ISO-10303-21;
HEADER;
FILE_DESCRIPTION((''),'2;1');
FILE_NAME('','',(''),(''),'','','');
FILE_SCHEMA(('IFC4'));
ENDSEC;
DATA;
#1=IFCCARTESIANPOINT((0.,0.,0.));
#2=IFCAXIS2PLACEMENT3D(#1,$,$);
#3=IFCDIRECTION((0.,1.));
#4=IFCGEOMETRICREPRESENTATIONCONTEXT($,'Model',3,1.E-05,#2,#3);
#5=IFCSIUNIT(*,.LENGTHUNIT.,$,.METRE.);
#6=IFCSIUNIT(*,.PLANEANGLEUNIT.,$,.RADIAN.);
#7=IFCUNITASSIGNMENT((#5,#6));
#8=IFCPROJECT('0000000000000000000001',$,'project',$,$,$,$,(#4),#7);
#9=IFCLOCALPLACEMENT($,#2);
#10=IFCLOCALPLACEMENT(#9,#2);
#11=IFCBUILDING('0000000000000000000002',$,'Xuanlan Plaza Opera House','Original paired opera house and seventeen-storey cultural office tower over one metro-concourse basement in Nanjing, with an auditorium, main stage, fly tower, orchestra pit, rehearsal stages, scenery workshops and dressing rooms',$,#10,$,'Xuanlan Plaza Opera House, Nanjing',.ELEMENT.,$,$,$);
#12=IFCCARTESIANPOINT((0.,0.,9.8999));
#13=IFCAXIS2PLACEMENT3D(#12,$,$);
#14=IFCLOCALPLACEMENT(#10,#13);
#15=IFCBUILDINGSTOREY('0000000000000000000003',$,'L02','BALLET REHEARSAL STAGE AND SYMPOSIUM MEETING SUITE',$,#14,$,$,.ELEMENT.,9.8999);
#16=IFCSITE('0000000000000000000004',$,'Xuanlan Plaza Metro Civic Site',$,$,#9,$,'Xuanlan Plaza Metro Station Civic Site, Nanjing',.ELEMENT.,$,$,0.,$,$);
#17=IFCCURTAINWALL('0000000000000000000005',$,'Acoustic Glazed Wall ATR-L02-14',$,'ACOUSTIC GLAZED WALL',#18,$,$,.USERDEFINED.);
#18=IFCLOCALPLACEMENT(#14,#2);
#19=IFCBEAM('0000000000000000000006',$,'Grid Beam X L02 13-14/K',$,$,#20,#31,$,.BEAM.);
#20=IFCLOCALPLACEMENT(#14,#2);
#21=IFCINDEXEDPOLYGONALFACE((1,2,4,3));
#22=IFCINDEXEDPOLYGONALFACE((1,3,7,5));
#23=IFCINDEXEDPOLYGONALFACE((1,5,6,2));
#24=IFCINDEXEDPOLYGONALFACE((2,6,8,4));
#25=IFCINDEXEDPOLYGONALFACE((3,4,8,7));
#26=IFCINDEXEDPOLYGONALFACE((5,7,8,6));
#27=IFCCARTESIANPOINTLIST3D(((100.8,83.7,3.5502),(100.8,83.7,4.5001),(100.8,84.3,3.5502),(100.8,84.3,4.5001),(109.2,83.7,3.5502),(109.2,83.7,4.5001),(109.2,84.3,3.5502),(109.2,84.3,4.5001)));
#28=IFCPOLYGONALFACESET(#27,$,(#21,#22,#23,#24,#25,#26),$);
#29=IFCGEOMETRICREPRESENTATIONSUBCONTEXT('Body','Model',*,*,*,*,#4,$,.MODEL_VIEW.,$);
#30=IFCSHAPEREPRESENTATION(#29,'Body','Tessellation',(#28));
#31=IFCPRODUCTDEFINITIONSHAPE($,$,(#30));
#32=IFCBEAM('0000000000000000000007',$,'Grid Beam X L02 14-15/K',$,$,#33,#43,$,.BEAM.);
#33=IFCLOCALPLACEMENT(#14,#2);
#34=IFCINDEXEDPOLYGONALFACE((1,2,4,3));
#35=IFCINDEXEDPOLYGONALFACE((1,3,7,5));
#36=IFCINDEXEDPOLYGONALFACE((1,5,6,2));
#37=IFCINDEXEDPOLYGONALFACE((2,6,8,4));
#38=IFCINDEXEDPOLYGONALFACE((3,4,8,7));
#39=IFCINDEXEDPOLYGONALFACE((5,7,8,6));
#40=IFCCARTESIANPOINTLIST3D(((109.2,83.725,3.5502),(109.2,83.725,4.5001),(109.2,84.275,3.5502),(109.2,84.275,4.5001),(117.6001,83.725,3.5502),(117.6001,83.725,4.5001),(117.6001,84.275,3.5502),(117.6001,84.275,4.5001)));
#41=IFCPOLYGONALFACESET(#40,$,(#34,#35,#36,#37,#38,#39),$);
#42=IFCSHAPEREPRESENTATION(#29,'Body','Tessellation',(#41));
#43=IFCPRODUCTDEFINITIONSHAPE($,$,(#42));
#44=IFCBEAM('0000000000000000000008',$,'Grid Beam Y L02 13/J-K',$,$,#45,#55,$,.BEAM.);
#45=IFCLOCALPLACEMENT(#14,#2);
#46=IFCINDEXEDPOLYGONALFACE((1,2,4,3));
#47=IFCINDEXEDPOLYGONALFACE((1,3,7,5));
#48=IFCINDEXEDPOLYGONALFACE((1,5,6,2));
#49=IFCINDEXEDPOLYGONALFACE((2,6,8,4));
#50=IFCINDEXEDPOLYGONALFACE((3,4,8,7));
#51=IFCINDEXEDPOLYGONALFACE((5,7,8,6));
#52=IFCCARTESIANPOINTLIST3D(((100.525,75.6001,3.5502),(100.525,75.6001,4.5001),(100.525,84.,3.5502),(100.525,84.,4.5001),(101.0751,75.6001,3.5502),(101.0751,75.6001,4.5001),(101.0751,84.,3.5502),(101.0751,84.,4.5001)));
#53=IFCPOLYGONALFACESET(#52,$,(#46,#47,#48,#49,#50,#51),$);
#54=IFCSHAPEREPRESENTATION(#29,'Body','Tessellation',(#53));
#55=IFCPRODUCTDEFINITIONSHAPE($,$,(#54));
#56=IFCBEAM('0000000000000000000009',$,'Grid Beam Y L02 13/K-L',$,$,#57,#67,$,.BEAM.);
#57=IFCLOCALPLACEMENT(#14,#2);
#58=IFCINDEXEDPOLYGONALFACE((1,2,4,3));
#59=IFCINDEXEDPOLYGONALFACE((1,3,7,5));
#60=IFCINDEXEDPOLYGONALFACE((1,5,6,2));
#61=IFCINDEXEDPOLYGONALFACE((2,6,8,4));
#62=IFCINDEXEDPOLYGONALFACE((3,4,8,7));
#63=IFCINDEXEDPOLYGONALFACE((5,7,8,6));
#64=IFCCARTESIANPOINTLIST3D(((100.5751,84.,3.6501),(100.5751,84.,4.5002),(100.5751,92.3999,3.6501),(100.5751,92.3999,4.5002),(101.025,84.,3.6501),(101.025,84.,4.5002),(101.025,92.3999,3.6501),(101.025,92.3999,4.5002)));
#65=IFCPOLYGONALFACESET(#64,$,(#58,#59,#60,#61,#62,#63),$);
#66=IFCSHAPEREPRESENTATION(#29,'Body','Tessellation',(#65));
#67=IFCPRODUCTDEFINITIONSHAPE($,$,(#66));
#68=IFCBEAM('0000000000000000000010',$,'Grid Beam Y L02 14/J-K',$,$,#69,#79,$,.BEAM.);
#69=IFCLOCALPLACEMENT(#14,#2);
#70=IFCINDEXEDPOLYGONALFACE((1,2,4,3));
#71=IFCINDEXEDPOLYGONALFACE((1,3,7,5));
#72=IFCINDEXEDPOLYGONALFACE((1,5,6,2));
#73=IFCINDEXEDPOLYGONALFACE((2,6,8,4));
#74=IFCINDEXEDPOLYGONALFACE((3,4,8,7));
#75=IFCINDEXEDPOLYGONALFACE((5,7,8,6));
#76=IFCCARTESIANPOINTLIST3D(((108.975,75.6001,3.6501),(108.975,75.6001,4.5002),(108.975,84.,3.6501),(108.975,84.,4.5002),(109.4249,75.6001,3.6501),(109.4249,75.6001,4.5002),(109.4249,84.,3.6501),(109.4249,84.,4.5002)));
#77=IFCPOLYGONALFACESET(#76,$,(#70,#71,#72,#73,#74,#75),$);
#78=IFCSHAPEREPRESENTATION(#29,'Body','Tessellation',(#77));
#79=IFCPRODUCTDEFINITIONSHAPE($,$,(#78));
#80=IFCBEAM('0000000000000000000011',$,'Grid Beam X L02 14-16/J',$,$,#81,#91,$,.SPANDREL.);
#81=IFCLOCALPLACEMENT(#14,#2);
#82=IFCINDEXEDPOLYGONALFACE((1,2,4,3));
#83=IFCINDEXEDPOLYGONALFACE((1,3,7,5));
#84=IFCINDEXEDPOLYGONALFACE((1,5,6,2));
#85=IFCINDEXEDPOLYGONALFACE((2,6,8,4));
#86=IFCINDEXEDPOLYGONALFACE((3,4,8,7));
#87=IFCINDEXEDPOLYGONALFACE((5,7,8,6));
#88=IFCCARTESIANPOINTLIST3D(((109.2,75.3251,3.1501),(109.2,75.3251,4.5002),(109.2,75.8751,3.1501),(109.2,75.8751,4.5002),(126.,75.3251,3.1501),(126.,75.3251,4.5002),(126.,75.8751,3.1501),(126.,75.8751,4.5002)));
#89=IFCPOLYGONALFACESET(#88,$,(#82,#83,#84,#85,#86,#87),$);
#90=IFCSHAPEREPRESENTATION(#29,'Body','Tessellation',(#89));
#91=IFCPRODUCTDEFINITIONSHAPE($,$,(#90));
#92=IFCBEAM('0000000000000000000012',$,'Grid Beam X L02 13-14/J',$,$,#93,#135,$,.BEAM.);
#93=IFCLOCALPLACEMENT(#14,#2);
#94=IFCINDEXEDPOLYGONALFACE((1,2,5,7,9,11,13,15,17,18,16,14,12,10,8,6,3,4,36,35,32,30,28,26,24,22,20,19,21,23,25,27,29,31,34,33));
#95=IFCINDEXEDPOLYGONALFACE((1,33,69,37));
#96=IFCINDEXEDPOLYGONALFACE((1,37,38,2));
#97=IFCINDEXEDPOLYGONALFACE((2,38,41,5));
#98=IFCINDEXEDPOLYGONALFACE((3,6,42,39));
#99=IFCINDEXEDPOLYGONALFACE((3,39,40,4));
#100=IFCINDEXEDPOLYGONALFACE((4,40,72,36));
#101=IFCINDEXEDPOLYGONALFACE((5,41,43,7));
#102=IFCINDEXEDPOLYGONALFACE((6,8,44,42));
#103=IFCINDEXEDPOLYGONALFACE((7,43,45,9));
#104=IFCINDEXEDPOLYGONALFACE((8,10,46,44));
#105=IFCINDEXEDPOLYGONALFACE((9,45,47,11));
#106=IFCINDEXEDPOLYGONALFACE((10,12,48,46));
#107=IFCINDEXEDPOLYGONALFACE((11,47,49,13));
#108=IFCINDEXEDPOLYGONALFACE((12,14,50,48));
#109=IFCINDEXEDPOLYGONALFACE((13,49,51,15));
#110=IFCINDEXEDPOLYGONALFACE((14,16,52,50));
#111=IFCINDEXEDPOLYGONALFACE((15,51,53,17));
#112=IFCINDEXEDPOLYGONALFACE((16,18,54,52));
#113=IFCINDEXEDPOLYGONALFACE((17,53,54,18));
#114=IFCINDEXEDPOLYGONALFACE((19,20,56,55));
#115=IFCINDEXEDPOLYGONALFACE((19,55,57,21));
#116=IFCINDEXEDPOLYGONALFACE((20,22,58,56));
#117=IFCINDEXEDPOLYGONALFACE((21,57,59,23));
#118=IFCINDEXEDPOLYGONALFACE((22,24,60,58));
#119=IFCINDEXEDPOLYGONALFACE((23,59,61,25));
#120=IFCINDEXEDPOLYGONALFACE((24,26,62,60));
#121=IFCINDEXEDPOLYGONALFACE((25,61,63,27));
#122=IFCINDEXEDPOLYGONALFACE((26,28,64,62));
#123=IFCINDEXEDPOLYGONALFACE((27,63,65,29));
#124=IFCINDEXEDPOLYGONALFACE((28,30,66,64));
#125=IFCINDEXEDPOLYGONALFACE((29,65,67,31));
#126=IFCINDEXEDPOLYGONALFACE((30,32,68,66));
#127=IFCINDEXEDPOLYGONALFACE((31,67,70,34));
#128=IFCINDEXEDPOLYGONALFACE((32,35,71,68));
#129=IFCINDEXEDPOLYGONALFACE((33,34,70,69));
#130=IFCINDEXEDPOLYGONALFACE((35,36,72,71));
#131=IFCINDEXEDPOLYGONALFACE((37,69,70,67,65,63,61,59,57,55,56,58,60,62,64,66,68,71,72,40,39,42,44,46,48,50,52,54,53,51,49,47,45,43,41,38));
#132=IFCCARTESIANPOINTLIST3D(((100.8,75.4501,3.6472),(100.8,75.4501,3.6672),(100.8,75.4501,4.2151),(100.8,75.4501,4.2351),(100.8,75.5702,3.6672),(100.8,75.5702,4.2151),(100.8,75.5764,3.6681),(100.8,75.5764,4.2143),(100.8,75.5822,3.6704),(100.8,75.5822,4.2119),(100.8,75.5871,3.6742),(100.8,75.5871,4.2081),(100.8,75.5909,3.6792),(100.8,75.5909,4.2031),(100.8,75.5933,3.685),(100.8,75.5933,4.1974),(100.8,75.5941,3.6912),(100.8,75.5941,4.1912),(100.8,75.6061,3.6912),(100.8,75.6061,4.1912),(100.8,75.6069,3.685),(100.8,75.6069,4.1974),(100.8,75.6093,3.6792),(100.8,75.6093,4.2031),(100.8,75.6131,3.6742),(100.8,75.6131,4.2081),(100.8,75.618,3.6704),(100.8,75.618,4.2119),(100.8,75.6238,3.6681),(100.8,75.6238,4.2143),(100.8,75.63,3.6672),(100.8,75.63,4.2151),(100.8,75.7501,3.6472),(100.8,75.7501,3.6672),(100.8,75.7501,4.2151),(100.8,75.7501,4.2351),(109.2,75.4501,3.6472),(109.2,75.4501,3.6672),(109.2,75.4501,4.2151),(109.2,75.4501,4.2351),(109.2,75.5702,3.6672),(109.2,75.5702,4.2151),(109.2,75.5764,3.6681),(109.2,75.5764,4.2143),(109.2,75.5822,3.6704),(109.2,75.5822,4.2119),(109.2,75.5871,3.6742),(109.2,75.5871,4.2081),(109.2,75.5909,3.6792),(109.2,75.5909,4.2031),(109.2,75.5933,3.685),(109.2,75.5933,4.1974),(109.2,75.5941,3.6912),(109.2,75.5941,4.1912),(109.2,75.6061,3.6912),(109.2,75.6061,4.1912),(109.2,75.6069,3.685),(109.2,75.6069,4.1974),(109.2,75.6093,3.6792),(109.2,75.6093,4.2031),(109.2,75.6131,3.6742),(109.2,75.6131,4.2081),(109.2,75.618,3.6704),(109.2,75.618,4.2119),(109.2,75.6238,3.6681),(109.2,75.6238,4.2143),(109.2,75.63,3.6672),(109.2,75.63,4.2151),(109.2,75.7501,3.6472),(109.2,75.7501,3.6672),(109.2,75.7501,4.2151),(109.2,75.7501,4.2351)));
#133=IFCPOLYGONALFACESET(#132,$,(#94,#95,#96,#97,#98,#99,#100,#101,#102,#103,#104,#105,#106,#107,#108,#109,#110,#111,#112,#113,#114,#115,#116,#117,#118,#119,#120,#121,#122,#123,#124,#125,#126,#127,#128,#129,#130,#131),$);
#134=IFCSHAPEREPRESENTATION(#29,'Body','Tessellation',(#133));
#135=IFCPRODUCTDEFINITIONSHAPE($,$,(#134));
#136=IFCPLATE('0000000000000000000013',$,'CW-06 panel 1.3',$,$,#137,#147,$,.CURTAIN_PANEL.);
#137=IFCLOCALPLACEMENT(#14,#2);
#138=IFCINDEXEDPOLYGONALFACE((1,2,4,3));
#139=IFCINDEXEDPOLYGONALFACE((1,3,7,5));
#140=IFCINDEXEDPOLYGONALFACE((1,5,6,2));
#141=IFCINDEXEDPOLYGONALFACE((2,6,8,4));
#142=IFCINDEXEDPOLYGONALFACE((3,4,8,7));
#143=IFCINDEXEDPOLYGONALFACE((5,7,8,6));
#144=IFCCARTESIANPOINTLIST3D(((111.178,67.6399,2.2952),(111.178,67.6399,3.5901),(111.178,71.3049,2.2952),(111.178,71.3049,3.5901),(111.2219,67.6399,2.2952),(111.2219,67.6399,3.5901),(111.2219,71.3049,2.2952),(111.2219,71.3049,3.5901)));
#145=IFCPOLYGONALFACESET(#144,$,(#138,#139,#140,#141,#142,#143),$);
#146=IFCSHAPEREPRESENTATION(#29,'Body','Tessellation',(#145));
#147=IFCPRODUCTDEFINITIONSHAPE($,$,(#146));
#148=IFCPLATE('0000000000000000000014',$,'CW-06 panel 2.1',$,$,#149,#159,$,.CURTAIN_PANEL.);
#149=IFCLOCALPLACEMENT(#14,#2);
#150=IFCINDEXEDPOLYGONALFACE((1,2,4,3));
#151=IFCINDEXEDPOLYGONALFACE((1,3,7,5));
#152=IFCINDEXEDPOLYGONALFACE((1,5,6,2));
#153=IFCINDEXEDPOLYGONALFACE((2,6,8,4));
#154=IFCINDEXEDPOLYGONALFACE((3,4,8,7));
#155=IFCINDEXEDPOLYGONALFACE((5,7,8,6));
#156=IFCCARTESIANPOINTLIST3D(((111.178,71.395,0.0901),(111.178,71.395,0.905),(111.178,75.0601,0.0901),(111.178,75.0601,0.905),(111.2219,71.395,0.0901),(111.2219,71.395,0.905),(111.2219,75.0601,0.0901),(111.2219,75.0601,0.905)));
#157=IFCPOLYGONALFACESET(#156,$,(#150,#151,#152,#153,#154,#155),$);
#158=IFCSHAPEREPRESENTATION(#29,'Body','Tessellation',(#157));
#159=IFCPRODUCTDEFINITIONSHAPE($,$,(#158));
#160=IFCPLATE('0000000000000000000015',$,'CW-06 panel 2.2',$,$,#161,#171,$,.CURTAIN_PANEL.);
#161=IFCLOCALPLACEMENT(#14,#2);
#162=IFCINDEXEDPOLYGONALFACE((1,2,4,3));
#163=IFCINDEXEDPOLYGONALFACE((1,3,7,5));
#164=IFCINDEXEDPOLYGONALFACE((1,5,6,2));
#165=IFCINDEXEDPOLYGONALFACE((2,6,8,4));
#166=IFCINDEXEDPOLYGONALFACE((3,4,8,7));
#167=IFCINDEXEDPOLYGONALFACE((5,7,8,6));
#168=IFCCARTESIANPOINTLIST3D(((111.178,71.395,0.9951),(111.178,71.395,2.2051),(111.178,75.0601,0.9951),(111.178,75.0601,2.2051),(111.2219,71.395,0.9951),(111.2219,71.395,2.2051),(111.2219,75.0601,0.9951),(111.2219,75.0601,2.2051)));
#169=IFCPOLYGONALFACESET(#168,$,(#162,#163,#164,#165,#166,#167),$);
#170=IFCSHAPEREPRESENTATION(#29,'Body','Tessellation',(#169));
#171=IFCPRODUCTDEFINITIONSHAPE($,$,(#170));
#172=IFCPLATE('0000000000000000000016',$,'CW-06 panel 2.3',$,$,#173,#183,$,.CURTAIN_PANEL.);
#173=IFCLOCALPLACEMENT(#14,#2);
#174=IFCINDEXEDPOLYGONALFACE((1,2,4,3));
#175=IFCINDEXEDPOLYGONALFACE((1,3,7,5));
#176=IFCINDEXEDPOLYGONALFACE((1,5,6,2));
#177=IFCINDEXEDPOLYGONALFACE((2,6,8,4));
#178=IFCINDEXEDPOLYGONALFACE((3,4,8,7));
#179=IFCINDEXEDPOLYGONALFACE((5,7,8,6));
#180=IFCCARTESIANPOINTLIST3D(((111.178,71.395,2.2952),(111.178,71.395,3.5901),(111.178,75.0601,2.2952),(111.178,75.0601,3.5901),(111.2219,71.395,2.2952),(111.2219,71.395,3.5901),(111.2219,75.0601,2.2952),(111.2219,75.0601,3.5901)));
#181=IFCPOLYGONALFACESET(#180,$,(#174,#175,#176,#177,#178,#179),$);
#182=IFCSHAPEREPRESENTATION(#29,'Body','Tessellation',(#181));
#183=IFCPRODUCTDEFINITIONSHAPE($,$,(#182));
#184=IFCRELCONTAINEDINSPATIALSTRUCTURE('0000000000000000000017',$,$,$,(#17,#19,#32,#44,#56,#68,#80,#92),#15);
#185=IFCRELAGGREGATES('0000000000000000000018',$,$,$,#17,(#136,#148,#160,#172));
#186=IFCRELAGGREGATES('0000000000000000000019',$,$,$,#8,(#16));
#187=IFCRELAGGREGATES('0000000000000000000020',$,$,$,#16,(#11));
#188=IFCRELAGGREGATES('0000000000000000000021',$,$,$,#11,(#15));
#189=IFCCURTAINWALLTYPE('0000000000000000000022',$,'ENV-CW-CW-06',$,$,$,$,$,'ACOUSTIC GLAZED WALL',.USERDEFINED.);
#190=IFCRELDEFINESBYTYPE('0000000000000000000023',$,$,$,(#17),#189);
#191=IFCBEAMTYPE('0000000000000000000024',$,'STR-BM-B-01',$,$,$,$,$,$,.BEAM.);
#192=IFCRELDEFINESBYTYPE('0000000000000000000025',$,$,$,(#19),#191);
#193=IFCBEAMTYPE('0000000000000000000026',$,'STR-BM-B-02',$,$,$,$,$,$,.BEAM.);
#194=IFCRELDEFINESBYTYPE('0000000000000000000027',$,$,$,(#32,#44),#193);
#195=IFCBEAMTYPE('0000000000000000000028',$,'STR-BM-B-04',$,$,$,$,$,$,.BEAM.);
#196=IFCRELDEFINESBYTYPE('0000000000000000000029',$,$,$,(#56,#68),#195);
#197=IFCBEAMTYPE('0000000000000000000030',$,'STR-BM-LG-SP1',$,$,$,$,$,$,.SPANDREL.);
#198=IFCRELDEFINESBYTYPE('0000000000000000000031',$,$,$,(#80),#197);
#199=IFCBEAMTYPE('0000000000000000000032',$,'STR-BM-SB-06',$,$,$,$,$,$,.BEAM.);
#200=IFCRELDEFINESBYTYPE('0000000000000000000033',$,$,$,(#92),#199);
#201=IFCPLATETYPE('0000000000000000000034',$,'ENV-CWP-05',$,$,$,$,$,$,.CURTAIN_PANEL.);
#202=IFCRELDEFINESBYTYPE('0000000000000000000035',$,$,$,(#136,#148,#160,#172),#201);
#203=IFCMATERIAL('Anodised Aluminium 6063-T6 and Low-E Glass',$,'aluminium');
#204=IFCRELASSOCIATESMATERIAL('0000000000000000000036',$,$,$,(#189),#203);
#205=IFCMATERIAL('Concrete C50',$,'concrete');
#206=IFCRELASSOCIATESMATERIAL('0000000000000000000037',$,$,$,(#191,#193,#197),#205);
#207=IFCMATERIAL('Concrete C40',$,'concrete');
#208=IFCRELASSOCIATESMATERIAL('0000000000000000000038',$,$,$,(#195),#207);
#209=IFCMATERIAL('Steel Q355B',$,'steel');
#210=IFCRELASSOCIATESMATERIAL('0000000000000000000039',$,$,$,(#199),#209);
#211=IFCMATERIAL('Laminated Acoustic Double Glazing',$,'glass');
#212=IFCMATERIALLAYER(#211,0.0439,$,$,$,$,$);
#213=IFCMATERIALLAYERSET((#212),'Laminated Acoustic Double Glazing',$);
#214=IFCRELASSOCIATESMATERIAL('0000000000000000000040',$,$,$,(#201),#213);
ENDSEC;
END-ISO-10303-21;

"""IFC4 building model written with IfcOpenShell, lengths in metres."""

from ifc_helpers import new_model, si_unit, direction, frame, origin, origin_2d, place, context, subcontext, project, spatial, rectangle, i_section, extrude, material, layer, layer_set, material_profile, profile_set, type_object, element, aggregate, save


model = new_model("IFC4")

# Units and contexts
model_context = context("Model", 3, precision=1e-05, world=origin(), true_north=direction((0.0, 1.0)))
body_context = subcontext(model_context, "Body", "Model", "MODEL_VIEW")
ifc_project = project(units=[si_unit("LENGTHUNIT", "METRE"), si_unit("PLANEANGLEUNIT", "RADIAN")], contexts=[model_context])

# Site, building, storey
site_placement = place(None, origin())
site = spatial("IfcSite", under=ifc_project, at=site_placement, Name="Xuanlan Plaza Metro Civic Site", LongName="Xuanlan Plaza Metro Station Civic Site, Nanjing", CompositionType="ELEMENT", RefElevation=0.0)
building_placement = place(site_placement, origin())
building = spatial("IfcBuilding", under=site, at=building_placement, Name="Xuanlan Plaza Opera House", Description="Original paired opera house and seventeen-storey cultural office tower over one metro-concourse basement in Nanjing, with an auditorium, main stage, fly tower, orchestra pit, rehearsal stages, scenery workshops and dressing rooms", LongName="Xuanlan Plaza Opera House, Nanjing", CompositionType="ELEMENT")
storey_placement = place(building_placement, frame((0.0, 0.0, 9.8999)))
storey = spatial("IfcBuildingStorey", under=building, at=storey_placement, Name="L02", Description="BALLET REHEARSAL STAGE AND SYMPOSIUM MEETING SUITE", CompositionType="ELEMENT", Elevation=9.8999)

# Shared definitions
ifc_material_1 = material(Name="Concrete C50", Category="concrete")
ifc_material_2 = material(Name="Steel Q355B", Category="steel")

# Curtain wall
ifc_material_3 = material(Name="Anodised Aluminium 6063-T6 and Low-E Glass", Category="aluminium")
curtain_wall_type = type_object("IfcCurtainWallType", Name="ENV-CW-CW-06", ElementType="ACOUSTIC GLAZED WALL", PredefinedType="USERDEFINED", material=ifc_material_3)
curtain_wall_placement = place(storey_placement, origin())
curtain_wall = element("IfcCurtainWall", 1, at=curtain_wall_placement, inside=storey, type_object=curtain_wall_type, Name="Acoustic Glazed Wall ATR-L02-14", ObjectType="ACOUSTIC GLAZED WALL", PredefinedType="USERDEFINED")

# Beams
ifc_material_profile_1 = material_profile(ifc_material_1, rectangle(XDim=0.6001, YDim=0.95, at=origin_2d()), Name="RC-BM 600x950")
ifc_profile_set_1 = profile_set([ifc_material_profile_1], Name="Concrete C50")
beam_type_1 = type_object("IfcBeamType", Name="STR-BM-B-01", PredefinedType="BEAM", material=ifc_profile_set_1)
beam_1_placement = place(storey_placement, frame((100.8, 84.0, 4.0251), z_axis=(1.0, 0.0, 0.0), x_axis=(0.0, 1.0, 0.0)))
element("IfcBeam", 2, at=beam_1_placement, inside=storey, type_object=beam_type_1, Name="Grid Beam X L02 13-14/K", PredefinedType="BEAM", context=body_context, shape_type="SweptSolid", body=[
    extrude(rectangle(XDim=0.6001, YDim=0.95, at=origin_2d()), origin(), (0.0, 0.0, 1.0), 8.3999),
])
ifc_material_profile_2 = material_profile(ifc_material_1, rectangle(XDim=0.55, YDim=0.95, at=origin_2d()), Name="RC-BM 550x950")
ifc_profile_set_2 = profile_set([ifc_material_profile_2], Name="Concrete C50")
beam_type_2 = type_object("IfcBeamType", Name="STR-BM-B-02", PredefinedType="BEAM", material=ifc_profile_set_2)
beam_2_placement = place(storey_placement, frame((109.2, 84.0, 4.0251), z_axis=(1.0, 0.0, 0.0), x_axis=(0.0, 1.0, 0.0)))
element("IfcBeam", 3, at=beam_2_placement, inside=storey, type_object=beam_type_2, Name="Grid Beam X L02 14-15/K", PredefinedType="BEAM", context=body_context, shape_type="SweptSolid", body=[
    extrude(rectangle(XDim=0.55, YDim=0.95, at=origin_2d()), origin(), (0.0, 0.0, 1.0), 8.4001),
])
beam_3_placement = place(storey_placement, frame((100.8, 75.6001, 4.0251), z_axis=(0.0, 1.0, 0.0), x_axis=(-1.0, 0.0, 0.0)))
element("IfcBeam", 4, at=beam_3_placement, inside=storey, type_object=beam_type_2, Name="Grid Beam Y L02 13/J-K", PredefinedType="BEAM", context=body_context, shape_type="SweptSolid", body=[
    extrude(rectangle(XDim=0.55, YDim=0.95, at=origin_2d()), origin(), (0.0, 0.0, 1.0), 8.3999),
])
ifc_material_4 = material(Name="Concrete C40", Category="concrete")
ifc_material_profile_3 = material_profile(ifc_material_4, rectangle(XDim=0.45, YDim=0.8501, at=origin_2d()), Name="RC-BM 450x850")
ifc_profile_set_3 = profile_set([ifc_material_profile_3], Name="Concrete C40")
beam_type_3 = type_object("IfcBeamType", Name="STR-BM-B-04", PredefinedType="BEAM", material=ifc_profile_set_3)
for number, where, z_axis, x_axis, name in (
    (5, (100.8, 84.0, 4.0752), (0.0, 1.0, 0.0), (-1.0, 0.0, 0.0), "Grid Beam Y L02 13/K-L"),
    (6, (109.2, 75.6001, 4.0752), (0.0, 1.0, 0.0), (-1.0, 0.0, 0.0), "Grid Beam Y L02 14/J-K"),
):
    element("IfcBeam", number, at=place(storey_placement, frame(where, z_axis=z_axis, x_axis=x_axis)), inside=storey, type_object=beam_type_3, Name=name, PredefinedType="BEAM", context=body_context, shape_type="SweptSolid", body=[
        extrude(rectangle(XDim=0.45, YDim=0.8501, at=origin_2d()), origin(), (0.0, 0.0, 1.0), 8.3999),
    ])
ifc_material_profile_4 = material_profile(ifc_material_1, rectangle(XDim=0.55, YDim=1.3501, at=origin_2d()), Name="RC-SPD 550x1350")
ifc_profile_set_4 = profile_set([ifc_material_profile_4], Name="Concrete C50")
beam_type_4 = type_object("IfcBeamType", Name="STR-BM-LG-SP1", PredefinedType="SPANDREL", material=ifc_profile_set_4)
beam_4_placement = place(storey_placement, frame((109.2, 75.6001, 3.8252), z_axis=(1.0, 0.0, 0.0), x_axis=(0.0, 1.0, 0.0)))
element("IfcBeam", 7, at=beam_4_placement, inside=storey, type_object=beam_type_4, Name="Grid Beam X L02 14-16/J", PredefinedType="SPANDREL", context=body_context, shape_type="SweptSolid", body=[
    extrude(rectangle(XDim=0.55, YDim=1.3501, at=origin_2d()), origin(), (0.0, 0.0, 1.0), 16.8),
])
ifc_material_profile_5 = material_profile(ifc_material_2, i_section(OverallWidth=0.3, OverallDepth=0.5879, WebThickness=0.012, FlangeThickness=0.02, FilletRadius=0.0239, at=origin_2d()), Name="HM 588x300x12x20")
ifc_profile_set_5 = profile_set([ifc_material_profile_5], Name="Steel Q355B")
beam_type_5 = type_object("IfcBeamType", Name="STR-BM-SB-06", PredefinedType="BEAM", material=ifc_profile_set_5)
beam_5_placement = place(storey_placement, frame((100.8, 75.6001, 3.9412), z_axis=(1.0, 0.0, 0.0), x_axis=(0.0, 1.0, 0.0)))
element("IfcBeam", 8, at=beam_5_placement, inside=storey, type_object=beam_type_5, Name="Grid Beam X L02 13-14/J", PredefinedType="BEAM", context=body_context, shape_type="SweptSolid", body=[
    extrude(i_section(OverallWidth=0.3, OverallDepth=0.5879, WebThickness=0.012, FlangeThickness=0.02, FilletRadius=0.0239, at=origin_2d()), origin(), (0.0, 0.0, 1.0), 8.3999),
])

# Plates
ifc_material_5 = material(Name="Laminated Acoustic Double Glazing", Category="glass")
ifc_layer_1 = layer(ifc_material_5, 0.0439)
ifc_layer_set_1 = layer_set([ifc_layer_1], Name="Laminated Acoustic Double Glazing")
plate_type = type_object("IfcPlateType", Name="ENV-CWP-05", PredefinedType="CURTAIN_PANEL", material=ifc_layer_set_1)
plate_1_placement = place(storey_placement, frame((111.2, 69.4724, 2.2952), z_axis=(0.0, 0.0, 1.0), x_axis=(0.0, 1.0, 0.0)))
plate_1 = element("IfcPlate", 9, at=plate_1_placement, type_object=plate_type, Name="CW-06 panel 1.3", PredefinedType="CURTAIN_PANEL", context=body_context, shape_type="SweptSolid", body=[
    extrude(rectangle(XDim=3.665, YDim=0.0439, at=origin_2d()), origin(), (0.0, 0.0, 1.0), 1.2949),
])
plate_2_placement = place(storey_placement, frame((111.2, 73.2275, 0.0901), z_axis=(0.0, 0.0, 1.0), x_axis=(0.0, 1.0, 0.0)))
plate_2 = element("IfcPlate", 10, at=plate_2_placement, type_object=plate_type, Name="CW-06 panel 2.1", PredefinedType="CURTAIN_PANEL", context=body_context, shape_type="SweptSolid", body=[
    extrude(rectangle(XDim=3.665, YDim=0.0439, at=origin_2d()), origin(), (0.0, 0.0, 1.0), 0.8149),
])
plate_3_placement = place(storey_placement, frame((111.2, 73.2275, 0.9951), z_axis=(0.0, 0.0, 1.0), x_axis=(0.0, 1.0, 0.0)))
plate_3 = element("IfcPlate", 11, at=plate_3_placement, type_object=plate_type, Name="CW-06 panel 2.2", PredefinedType="CURTAIN_PANEL", context=body_context, shape_type="SweptSolid", body=[
    extrude(rectangle(XDim=3.665, YDim=0.0439, at=origin_2d()), origin(), (0.0, 0.0, 1.0), 1.21),
])
plate_4_placement = place(storey_placement, frame((111.2, 73.2275, 2.2952), z_axis=(0.0, 0.0, 1.0), x_axis=(0.0, 1.0, 0.0)))
plate_4 = element("IfcPlate", 12, at=plate_4_placement, type_object=plate_type, Name="CW-06 panel 2.3", PredefinedType="CURTAIN_PANEL", context=body_context, shape_type="SweptSolid", body=[
    extrude(rectangle(XDim=3.665, YDim=0.0439, at=origin_2d()), origin(), (0.0, 0.0, 1.0), 1.2949),
])
aggregate(curtain_wall, [plate_1, plate_2, plate_3, plate_4])

save(model, "model.ifc")
